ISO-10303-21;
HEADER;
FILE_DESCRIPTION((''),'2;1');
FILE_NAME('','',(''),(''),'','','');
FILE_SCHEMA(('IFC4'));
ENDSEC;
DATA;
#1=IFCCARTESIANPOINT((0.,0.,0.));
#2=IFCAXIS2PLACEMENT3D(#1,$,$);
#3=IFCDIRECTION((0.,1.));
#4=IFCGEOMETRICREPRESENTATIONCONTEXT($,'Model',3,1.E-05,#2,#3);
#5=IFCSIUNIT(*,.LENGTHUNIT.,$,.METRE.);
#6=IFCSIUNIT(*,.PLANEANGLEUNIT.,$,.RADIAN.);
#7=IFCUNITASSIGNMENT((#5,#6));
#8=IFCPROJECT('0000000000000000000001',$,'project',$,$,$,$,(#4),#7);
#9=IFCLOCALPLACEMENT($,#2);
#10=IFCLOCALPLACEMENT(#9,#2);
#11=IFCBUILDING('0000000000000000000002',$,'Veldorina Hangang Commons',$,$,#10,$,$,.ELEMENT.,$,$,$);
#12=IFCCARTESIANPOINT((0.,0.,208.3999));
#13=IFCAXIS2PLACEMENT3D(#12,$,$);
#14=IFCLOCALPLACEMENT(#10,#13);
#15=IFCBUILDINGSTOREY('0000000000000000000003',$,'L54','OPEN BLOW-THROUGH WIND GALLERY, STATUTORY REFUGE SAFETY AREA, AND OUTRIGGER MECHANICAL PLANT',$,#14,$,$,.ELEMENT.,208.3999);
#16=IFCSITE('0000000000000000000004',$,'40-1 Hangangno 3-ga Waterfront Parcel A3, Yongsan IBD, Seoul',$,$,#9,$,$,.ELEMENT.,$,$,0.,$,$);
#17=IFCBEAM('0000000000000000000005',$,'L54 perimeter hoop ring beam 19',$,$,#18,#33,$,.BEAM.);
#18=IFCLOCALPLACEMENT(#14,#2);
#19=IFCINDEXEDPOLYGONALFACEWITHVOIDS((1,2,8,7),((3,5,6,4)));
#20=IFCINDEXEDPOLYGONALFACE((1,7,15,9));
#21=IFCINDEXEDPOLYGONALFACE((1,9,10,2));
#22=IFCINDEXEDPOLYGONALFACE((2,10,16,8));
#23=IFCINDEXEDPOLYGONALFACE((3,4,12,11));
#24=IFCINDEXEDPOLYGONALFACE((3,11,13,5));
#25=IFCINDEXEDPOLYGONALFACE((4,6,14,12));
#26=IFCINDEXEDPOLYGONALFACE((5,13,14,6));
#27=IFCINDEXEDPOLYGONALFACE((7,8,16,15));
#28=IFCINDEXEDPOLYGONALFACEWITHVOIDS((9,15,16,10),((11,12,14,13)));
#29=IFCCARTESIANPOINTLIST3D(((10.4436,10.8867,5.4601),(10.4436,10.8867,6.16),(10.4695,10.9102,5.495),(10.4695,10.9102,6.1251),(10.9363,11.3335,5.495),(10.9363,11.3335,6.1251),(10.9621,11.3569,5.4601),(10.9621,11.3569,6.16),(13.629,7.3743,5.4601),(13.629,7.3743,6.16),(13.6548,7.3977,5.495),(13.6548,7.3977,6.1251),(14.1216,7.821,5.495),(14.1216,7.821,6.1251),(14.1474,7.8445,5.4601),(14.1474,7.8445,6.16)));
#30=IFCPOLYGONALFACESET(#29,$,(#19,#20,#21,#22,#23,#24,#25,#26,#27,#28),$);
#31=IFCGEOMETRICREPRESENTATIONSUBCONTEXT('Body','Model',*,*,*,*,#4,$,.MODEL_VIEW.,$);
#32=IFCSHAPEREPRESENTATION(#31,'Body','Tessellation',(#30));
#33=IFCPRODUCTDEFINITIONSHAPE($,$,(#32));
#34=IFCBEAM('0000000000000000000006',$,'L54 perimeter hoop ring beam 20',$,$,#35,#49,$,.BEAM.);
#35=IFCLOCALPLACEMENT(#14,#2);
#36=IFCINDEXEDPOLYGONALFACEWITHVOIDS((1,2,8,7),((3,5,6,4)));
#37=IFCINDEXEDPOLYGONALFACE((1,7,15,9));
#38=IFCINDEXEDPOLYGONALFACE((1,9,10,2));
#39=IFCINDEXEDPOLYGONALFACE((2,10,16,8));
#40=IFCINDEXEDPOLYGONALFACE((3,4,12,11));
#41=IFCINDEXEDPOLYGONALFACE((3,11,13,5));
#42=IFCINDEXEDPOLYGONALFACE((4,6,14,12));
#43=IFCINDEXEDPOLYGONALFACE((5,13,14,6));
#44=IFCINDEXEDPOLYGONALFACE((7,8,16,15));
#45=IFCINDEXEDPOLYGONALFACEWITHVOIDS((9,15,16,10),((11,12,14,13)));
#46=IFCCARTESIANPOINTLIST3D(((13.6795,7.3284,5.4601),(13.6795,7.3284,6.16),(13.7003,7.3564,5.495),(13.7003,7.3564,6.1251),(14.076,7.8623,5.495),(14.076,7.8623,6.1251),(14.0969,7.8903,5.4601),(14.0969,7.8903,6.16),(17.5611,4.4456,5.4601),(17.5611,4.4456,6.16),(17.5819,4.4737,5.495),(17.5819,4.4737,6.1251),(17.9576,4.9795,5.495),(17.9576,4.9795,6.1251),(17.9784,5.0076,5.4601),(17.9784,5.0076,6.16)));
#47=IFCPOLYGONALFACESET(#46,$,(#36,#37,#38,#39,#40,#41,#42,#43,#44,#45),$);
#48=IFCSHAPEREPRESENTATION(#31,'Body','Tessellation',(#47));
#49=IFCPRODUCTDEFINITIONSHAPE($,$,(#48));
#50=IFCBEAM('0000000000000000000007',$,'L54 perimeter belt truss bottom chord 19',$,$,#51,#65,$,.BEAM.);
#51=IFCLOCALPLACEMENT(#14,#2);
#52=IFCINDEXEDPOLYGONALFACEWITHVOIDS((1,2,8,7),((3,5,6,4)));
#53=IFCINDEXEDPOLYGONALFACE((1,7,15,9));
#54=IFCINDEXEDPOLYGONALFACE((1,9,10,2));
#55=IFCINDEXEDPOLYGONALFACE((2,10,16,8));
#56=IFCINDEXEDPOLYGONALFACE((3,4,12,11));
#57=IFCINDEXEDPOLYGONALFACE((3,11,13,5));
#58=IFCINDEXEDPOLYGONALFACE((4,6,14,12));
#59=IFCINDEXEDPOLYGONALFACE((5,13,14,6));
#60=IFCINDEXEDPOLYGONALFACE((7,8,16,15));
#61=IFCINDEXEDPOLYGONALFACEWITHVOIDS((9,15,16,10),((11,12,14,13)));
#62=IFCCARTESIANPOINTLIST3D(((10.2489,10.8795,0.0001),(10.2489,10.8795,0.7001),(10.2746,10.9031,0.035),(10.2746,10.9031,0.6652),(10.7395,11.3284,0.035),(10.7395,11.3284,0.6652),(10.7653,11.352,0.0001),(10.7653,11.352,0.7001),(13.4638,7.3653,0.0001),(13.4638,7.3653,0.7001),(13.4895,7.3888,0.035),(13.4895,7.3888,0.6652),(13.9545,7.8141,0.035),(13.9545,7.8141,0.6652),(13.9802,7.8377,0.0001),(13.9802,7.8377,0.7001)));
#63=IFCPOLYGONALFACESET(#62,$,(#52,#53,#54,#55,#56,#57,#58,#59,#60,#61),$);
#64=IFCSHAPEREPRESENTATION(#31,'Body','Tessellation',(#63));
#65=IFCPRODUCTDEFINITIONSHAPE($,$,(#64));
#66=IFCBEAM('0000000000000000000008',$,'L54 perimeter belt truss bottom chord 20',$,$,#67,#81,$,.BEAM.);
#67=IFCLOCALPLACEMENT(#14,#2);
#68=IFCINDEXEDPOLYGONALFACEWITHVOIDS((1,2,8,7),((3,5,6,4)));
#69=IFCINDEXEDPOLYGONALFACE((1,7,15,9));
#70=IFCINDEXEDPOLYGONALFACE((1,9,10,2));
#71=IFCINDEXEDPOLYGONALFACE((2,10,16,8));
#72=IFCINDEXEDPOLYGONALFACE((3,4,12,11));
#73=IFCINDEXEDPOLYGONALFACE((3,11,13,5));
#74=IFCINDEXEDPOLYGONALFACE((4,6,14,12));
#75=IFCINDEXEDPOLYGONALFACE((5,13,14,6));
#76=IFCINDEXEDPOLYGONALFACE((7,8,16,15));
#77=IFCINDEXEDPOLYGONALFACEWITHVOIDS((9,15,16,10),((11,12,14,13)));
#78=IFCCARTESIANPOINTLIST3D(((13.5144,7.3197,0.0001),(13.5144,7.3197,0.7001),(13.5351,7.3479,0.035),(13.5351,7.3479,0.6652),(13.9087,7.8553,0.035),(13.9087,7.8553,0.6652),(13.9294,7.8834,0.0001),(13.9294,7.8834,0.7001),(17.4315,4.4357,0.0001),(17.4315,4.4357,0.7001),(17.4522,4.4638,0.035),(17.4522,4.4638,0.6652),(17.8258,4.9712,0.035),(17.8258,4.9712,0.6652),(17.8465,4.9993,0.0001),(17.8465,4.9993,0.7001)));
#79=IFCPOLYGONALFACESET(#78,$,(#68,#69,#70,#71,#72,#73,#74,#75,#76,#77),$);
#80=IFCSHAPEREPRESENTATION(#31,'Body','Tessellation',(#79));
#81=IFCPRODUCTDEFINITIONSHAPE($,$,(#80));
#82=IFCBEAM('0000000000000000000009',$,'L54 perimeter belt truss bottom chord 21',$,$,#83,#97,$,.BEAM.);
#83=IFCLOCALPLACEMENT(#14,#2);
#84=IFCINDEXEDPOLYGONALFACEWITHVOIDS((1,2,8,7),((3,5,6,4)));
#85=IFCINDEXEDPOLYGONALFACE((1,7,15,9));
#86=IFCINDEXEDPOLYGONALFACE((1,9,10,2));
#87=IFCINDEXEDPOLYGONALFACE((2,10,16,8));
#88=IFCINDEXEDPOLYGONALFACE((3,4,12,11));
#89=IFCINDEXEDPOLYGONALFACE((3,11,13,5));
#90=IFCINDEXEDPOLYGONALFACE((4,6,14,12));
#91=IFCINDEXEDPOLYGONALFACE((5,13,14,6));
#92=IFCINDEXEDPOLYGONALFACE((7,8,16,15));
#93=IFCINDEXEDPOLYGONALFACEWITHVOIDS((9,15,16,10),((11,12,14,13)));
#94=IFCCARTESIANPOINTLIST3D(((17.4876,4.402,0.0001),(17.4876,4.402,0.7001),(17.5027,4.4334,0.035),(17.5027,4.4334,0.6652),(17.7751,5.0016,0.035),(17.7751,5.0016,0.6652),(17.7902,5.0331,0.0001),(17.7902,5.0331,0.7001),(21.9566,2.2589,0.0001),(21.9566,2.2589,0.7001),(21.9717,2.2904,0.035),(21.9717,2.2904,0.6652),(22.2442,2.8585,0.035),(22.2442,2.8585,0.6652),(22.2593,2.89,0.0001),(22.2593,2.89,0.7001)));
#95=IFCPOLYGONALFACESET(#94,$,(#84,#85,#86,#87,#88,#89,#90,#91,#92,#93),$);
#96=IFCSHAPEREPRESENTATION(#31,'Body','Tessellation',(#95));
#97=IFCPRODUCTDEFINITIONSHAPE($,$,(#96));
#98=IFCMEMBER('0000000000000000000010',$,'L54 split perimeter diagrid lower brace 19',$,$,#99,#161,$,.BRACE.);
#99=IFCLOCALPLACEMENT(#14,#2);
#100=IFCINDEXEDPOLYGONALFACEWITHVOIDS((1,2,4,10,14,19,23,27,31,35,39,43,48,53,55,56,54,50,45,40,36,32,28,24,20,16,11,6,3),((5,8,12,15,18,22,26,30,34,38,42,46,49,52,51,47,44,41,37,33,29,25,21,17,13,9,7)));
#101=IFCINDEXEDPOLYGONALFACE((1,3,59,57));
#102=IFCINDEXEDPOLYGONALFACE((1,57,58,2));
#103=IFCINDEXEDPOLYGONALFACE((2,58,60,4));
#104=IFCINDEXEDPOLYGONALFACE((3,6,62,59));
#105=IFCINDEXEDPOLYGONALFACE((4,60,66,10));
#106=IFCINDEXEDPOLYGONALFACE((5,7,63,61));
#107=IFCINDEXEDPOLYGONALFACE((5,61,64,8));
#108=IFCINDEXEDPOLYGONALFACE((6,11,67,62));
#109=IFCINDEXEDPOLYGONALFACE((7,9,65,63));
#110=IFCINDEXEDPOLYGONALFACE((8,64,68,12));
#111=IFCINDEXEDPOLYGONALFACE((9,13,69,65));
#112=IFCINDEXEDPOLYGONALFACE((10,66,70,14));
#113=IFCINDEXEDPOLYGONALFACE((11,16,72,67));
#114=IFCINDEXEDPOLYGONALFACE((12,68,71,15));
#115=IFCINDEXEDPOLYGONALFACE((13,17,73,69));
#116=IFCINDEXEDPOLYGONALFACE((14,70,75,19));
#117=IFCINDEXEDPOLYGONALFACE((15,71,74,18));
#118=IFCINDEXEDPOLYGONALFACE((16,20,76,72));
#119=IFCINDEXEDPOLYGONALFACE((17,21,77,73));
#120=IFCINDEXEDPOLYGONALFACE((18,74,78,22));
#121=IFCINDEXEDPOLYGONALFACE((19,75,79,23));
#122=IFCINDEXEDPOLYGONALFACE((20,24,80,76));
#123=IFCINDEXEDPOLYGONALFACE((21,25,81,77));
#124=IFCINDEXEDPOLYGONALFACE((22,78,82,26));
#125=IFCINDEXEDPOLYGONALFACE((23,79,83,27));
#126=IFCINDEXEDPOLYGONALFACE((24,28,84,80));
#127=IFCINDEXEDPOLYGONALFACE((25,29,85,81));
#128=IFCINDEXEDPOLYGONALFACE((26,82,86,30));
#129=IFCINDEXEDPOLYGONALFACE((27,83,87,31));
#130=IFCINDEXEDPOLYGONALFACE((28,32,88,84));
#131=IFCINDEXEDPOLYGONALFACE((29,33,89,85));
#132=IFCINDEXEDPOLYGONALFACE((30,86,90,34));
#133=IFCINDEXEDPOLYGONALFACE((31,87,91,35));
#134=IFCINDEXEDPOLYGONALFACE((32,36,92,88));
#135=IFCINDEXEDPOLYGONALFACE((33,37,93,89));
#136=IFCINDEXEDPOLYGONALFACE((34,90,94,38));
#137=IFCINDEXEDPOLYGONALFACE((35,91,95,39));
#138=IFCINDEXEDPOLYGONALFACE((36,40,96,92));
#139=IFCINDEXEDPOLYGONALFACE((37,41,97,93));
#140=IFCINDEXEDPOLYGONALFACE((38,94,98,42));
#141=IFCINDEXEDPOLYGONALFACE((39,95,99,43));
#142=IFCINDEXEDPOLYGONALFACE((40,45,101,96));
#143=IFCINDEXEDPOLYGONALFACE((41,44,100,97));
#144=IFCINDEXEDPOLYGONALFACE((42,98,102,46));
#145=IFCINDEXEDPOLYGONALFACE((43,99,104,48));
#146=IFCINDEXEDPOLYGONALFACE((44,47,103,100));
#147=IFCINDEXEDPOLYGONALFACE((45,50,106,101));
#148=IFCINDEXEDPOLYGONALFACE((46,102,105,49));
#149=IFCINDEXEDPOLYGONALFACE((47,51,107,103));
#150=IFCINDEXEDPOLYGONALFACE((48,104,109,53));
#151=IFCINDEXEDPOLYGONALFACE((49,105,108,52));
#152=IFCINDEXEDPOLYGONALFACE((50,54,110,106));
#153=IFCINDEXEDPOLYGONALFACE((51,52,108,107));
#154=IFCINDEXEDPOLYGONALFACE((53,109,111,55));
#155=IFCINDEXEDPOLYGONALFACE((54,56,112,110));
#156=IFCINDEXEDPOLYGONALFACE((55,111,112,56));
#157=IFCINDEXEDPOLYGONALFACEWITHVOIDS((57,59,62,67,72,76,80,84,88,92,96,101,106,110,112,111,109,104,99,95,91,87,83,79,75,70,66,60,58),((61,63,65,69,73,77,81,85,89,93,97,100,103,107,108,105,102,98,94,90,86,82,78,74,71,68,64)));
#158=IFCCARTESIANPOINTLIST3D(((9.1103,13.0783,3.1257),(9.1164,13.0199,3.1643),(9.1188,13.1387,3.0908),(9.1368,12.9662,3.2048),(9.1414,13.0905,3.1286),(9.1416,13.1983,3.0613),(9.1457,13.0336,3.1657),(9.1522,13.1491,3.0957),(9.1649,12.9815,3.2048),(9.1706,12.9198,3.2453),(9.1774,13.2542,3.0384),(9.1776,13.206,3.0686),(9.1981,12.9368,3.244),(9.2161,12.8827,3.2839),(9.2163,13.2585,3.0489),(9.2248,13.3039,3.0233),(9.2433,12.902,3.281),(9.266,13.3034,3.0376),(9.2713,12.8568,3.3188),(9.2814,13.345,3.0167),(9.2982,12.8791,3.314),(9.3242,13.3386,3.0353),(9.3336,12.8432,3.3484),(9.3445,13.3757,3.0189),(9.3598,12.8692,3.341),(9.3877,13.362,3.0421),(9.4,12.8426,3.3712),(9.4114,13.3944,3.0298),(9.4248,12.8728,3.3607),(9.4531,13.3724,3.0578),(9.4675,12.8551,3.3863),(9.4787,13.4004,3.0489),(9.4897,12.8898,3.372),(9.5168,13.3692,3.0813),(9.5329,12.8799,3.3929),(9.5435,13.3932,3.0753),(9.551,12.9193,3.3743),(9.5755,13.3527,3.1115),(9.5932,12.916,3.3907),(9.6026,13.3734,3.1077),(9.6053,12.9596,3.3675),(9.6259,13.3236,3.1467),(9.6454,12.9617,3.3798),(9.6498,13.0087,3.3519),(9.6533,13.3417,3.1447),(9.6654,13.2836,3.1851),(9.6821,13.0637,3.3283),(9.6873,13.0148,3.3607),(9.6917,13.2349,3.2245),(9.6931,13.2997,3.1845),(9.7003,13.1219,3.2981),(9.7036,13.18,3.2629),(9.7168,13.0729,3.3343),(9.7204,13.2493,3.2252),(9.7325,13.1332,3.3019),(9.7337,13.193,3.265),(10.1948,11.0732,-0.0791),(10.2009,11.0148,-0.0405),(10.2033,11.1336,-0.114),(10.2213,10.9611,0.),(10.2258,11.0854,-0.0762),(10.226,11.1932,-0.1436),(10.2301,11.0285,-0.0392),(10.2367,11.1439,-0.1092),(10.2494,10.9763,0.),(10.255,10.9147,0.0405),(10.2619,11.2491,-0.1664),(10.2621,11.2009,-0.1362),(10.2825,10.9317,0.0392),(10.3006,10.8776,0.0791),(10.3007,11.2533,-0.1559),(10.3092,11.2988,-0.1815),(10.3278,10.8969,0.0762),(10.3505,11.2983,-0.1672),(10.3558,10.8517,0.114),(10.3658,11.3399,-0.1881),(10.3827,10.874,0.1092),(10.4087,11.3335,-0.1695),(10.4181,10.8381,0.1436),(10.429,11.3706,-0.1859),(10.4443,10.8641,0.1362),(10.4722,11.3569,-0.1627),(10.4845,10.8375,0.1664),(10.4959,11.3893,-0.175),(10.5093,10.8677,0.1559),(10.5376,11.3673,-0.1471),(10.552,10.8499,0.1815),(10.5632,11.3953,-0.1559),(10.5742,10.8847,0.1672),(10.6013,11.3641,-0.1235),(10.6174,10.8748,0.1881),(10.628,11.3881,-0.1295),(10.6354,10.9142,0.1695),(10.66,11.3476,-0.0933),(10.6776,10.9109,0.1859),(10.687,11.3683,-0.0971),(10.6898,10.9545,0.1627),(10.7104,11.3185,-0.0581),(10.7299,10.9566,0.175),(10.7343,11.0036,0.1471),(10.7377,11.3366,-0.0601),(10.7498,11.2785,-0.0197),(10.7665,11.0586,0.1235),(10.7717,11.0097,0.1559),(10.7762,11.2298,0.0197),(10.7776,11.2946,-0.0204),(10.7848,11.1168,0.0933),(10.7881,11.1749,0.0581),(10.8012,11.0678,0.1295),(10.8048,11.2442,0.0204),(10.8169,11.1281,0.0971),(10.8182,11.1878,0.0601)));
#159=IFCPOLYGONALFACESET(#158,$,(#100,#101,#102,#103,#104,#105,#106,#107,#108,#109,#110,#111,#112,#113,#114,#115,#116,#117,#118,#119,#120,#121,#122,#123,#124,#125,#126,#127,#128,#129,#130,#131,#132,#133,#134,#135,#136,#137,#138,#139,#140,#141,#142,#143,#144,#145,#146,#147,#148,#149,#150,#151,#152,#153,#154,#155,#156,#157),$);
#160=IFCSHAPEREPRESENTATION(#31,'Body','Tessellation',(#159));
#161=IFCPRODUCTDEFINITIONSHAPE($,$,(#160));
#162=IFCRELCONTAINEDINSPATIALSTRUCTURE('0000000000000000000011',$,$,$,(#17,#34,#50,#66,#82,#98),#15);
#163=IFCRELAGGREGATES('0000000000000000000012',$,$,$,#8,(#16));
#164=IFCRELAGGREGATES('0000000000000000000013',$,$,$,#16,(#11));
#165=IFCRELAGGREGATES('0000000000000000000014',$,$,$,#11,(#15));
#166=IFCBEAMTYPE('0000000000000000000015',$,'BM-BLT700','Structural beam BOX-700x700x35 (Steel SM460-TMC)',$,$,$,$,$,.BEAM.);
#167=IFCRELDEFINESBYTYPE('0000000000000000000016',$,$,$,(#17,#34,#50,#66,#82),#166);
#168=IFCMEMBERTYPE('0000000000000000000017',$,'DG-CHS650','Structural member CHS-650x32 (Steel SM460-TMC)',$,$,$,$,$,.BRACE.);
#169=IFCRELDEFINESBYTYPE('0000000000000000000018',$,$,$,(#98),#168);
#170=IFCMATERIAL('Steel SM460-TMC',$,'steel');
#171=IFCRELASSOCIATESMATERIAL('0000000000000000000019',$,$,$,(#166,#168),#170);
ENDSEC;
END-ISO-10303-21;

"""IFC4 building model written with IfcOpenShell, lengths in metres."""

from ifc_helpers import new_model, si_unit, direction, frame, origin, origin_2d, place, context, subcontext, project, spatial, hollow_rectangle, hollow_circle, extrude, material, material_profile, profile_set, type_object, element, save


model = new_model("IFC4")

# Units and contexts
model_context = context("Model", 3, precision=1e-05, world=origin(), true_north=direction((0.0, 1.0)))
body_context = subcontext(model_context, "Body", "Model", "MODEL_VIEW")
ifc_project = project(units=[si_unit("LENGTHUNIT", "METRE"), si_unit("PLANEANGLEUNIT", "RADIAN")], contexts=[model_context])

# Site, building, storey
site_placement = place(None, origin())
site = spatial("IfcSite", under=ifc_project, at=site_placement, Name="40-1 Hangangno 3-ga Waterfront Parcel A3, Yongsan IBD, Seoul", CompositionType="ELEMENT", RefElevation=0.0)
building_placement = place(site_placement, origin())
building = spatial("IfcBuilding", under=site, at=building_placement, Name="Veldorina Hangang Commons", CompositionType="ELEMENT")
storey_placement = place(building_placement, frame((0.0, 0.0, 208.3999)))
storey = spatial("IfcBuildingStorey", under=building, at=storey_placement, Name="L54", Description="OPEN BLOW-THROUGH WIND GALLERY, STATUTORY REFUGE SAFETY AREA, AND OUTRIGGER MECHANICAL PLANT", CompositionType="ELEMENT", Elevation=208.3999)

# Beams
ifc_material_1 = material(Name="Steel SM460-TMC", Category="steel")
ifc_material_profile_1 = material_profile(ifc_material_1, hollow_rectangle(XDim=0.7, YDim=0.7, WallThickness=0.0349, at=origin_2d()), Name="BOX-700x700x35")
ifc_profile_set_1 = profile_set([ifc_material_profile_1], Name="Steel SM460-TMC")
beam_type = type_object("IfcBeamType", Name="BM-BLT700", Description="Structural beam BOX-700x700x35 (Steel SM460-TMC)", PredefinedType="BEAM", material=ifc_profile_set_1)
beam_1_placement = place(storey_placement, frame((10.7029, 11.1218, 5.8101), z_axis=(0.671768, -0.740762, 0.0), x_axis=(0.740762, 0.671768, 0.0)))
element("IfcBeam", 1, at=beam_1_placement, inside=storey, type_object=beam_type, Name="L54 perimeter hoop ring beam 19", PredefinedType="BEAM", context=body_context, shape_type="SweptSolid", body=[
    extrude(hollow_rectangle(XDim=0.7, YDim=0.7, WallThickness=0.0349, at=origin_2d()), origin(), (0.0, 0.0, 1.0), 4.7417),
])
beam_2_placement = place(storey_placement, frame((13.8882, 7.6094, 5.8101), z_axis=(0.802809, -0.596237, 0.0), x_axis=(0.596237, 0.802809, 0.0)))
element("IfcBeam", 2, at=beam_2_placement, inside=storey, type_object=beam_type, Name="L54 perimeter hoop ring beam 20", PredefinedType="BEAM", context=body_context, shape_type="SweptSolid", body=[
    extrude(hollow_rectangle(XDim=0.7, YDim=0.7, WallThickness=0.0349, at=origin_2d()), origin(), (0.0, 0.0, 1.0), 4.835),
])
beam_3_placement = place(storey_placement, frame((10.5071, 11.1157, 0.3501), z_axis=(0.674986, -0.73783, 0.0), x_axis=(0.73783, 0.674986, 0.0)))
element("IfcBeam", 3, at=beam_3_placement, inside=storey, type_object=beam_type, Name="L54 perimeter belt truss bottom chord 19", PredefinedType="BEAM", context=body_context, shape_type="SweptSolid", body=[
    extrude(hollow_rectangle(XDim=0.7, YDim=0.7, WallThickness=0.0349, at=origin_2d()), origin(), (0.0, 0.0, 1.0), 4.7629),
])
beam_4_placement = place(storey_placement, frame((13.7219, 7.6016, 0.3501), z_axis=(0.805269, -0.59291, 0.0), x_axis=(0.59291, 0.805269, 0.0)))
element("IfcBeam", 4, at=beam_4_placement, inside=storey, type_object=beam_type, Name="L54 perimeter belt truss bottom chord 20", PredefinedType="BEAM", context=body_context, shape_type="SweptSolid", body=[
    extrude(hollow_rectangle(XDim=0.7, YDim=0.7, WallThickness=0.0349, at=origin_2d()), origin(), (0.0, 0.0, 1.0), 4.8643),
])
beam_5_placement = place(storey_placement, frame((17.6389, 4.7175, 0.3501), z_axis=(0.901684, -0.432395, 0.0), x_axis=(0.432395, 0.901684, 0.0)))
element("IfcBeam", 5, at=beam_5_placement, inside=storey, type_object=beam_type, Name="L54 perimeter belt truss bottom chord 21", PredefinedType="BEAM", context=body_context, shape_type="SweptSolid", body=[
    extrude(hollow_rectangle(XDim=0.7, YDim=0.7, WallThickness=0.0349, at=origin_2d()), origin(), (0.0, 0.0, 1.0), 4.9563),
])

# Member
ifc_material_profile_2 = material_profile(ifc_material_1, hollow_circle(Radius=0.325, WallThickness=0.032, at=origin_2d()), Name="CHS-650x32")
ifc_profile_set_2 = profile_set([ifc_material_profile_2], Name="Steel SM460-TMC")
member_type_1 = type_object("IfcMemberType", Name="DG-CHS650", Description="Structural member CHS-650x32 (Steel SM460-TMC)", PredefinedType="BRACE", material=ifc_profile_set_2)
member_1_placement = place(storey_placement, frame((10.5071, 11.1157, 0.0), z_axis=(-0.275745, 0.509836, 0.814881), x_axis=(-0.879593, -0.475728, 0.0)))
element("IfcMember", 6, at=member_1_placement, inside=storey, type_object=member_type_1, Name="L54 split perimeter diagrid lower brace 19", PredefinedType="BRACE", context=body_context, shape_type="SweptSolid", body=[
    extrude(hollow_circle(Radius=0.325, WallThickness=0.032, at=origin_2d()), origin(), (0.0, 0.0, 1.0), 3.9329),
])

save(model, "model.ifc")
